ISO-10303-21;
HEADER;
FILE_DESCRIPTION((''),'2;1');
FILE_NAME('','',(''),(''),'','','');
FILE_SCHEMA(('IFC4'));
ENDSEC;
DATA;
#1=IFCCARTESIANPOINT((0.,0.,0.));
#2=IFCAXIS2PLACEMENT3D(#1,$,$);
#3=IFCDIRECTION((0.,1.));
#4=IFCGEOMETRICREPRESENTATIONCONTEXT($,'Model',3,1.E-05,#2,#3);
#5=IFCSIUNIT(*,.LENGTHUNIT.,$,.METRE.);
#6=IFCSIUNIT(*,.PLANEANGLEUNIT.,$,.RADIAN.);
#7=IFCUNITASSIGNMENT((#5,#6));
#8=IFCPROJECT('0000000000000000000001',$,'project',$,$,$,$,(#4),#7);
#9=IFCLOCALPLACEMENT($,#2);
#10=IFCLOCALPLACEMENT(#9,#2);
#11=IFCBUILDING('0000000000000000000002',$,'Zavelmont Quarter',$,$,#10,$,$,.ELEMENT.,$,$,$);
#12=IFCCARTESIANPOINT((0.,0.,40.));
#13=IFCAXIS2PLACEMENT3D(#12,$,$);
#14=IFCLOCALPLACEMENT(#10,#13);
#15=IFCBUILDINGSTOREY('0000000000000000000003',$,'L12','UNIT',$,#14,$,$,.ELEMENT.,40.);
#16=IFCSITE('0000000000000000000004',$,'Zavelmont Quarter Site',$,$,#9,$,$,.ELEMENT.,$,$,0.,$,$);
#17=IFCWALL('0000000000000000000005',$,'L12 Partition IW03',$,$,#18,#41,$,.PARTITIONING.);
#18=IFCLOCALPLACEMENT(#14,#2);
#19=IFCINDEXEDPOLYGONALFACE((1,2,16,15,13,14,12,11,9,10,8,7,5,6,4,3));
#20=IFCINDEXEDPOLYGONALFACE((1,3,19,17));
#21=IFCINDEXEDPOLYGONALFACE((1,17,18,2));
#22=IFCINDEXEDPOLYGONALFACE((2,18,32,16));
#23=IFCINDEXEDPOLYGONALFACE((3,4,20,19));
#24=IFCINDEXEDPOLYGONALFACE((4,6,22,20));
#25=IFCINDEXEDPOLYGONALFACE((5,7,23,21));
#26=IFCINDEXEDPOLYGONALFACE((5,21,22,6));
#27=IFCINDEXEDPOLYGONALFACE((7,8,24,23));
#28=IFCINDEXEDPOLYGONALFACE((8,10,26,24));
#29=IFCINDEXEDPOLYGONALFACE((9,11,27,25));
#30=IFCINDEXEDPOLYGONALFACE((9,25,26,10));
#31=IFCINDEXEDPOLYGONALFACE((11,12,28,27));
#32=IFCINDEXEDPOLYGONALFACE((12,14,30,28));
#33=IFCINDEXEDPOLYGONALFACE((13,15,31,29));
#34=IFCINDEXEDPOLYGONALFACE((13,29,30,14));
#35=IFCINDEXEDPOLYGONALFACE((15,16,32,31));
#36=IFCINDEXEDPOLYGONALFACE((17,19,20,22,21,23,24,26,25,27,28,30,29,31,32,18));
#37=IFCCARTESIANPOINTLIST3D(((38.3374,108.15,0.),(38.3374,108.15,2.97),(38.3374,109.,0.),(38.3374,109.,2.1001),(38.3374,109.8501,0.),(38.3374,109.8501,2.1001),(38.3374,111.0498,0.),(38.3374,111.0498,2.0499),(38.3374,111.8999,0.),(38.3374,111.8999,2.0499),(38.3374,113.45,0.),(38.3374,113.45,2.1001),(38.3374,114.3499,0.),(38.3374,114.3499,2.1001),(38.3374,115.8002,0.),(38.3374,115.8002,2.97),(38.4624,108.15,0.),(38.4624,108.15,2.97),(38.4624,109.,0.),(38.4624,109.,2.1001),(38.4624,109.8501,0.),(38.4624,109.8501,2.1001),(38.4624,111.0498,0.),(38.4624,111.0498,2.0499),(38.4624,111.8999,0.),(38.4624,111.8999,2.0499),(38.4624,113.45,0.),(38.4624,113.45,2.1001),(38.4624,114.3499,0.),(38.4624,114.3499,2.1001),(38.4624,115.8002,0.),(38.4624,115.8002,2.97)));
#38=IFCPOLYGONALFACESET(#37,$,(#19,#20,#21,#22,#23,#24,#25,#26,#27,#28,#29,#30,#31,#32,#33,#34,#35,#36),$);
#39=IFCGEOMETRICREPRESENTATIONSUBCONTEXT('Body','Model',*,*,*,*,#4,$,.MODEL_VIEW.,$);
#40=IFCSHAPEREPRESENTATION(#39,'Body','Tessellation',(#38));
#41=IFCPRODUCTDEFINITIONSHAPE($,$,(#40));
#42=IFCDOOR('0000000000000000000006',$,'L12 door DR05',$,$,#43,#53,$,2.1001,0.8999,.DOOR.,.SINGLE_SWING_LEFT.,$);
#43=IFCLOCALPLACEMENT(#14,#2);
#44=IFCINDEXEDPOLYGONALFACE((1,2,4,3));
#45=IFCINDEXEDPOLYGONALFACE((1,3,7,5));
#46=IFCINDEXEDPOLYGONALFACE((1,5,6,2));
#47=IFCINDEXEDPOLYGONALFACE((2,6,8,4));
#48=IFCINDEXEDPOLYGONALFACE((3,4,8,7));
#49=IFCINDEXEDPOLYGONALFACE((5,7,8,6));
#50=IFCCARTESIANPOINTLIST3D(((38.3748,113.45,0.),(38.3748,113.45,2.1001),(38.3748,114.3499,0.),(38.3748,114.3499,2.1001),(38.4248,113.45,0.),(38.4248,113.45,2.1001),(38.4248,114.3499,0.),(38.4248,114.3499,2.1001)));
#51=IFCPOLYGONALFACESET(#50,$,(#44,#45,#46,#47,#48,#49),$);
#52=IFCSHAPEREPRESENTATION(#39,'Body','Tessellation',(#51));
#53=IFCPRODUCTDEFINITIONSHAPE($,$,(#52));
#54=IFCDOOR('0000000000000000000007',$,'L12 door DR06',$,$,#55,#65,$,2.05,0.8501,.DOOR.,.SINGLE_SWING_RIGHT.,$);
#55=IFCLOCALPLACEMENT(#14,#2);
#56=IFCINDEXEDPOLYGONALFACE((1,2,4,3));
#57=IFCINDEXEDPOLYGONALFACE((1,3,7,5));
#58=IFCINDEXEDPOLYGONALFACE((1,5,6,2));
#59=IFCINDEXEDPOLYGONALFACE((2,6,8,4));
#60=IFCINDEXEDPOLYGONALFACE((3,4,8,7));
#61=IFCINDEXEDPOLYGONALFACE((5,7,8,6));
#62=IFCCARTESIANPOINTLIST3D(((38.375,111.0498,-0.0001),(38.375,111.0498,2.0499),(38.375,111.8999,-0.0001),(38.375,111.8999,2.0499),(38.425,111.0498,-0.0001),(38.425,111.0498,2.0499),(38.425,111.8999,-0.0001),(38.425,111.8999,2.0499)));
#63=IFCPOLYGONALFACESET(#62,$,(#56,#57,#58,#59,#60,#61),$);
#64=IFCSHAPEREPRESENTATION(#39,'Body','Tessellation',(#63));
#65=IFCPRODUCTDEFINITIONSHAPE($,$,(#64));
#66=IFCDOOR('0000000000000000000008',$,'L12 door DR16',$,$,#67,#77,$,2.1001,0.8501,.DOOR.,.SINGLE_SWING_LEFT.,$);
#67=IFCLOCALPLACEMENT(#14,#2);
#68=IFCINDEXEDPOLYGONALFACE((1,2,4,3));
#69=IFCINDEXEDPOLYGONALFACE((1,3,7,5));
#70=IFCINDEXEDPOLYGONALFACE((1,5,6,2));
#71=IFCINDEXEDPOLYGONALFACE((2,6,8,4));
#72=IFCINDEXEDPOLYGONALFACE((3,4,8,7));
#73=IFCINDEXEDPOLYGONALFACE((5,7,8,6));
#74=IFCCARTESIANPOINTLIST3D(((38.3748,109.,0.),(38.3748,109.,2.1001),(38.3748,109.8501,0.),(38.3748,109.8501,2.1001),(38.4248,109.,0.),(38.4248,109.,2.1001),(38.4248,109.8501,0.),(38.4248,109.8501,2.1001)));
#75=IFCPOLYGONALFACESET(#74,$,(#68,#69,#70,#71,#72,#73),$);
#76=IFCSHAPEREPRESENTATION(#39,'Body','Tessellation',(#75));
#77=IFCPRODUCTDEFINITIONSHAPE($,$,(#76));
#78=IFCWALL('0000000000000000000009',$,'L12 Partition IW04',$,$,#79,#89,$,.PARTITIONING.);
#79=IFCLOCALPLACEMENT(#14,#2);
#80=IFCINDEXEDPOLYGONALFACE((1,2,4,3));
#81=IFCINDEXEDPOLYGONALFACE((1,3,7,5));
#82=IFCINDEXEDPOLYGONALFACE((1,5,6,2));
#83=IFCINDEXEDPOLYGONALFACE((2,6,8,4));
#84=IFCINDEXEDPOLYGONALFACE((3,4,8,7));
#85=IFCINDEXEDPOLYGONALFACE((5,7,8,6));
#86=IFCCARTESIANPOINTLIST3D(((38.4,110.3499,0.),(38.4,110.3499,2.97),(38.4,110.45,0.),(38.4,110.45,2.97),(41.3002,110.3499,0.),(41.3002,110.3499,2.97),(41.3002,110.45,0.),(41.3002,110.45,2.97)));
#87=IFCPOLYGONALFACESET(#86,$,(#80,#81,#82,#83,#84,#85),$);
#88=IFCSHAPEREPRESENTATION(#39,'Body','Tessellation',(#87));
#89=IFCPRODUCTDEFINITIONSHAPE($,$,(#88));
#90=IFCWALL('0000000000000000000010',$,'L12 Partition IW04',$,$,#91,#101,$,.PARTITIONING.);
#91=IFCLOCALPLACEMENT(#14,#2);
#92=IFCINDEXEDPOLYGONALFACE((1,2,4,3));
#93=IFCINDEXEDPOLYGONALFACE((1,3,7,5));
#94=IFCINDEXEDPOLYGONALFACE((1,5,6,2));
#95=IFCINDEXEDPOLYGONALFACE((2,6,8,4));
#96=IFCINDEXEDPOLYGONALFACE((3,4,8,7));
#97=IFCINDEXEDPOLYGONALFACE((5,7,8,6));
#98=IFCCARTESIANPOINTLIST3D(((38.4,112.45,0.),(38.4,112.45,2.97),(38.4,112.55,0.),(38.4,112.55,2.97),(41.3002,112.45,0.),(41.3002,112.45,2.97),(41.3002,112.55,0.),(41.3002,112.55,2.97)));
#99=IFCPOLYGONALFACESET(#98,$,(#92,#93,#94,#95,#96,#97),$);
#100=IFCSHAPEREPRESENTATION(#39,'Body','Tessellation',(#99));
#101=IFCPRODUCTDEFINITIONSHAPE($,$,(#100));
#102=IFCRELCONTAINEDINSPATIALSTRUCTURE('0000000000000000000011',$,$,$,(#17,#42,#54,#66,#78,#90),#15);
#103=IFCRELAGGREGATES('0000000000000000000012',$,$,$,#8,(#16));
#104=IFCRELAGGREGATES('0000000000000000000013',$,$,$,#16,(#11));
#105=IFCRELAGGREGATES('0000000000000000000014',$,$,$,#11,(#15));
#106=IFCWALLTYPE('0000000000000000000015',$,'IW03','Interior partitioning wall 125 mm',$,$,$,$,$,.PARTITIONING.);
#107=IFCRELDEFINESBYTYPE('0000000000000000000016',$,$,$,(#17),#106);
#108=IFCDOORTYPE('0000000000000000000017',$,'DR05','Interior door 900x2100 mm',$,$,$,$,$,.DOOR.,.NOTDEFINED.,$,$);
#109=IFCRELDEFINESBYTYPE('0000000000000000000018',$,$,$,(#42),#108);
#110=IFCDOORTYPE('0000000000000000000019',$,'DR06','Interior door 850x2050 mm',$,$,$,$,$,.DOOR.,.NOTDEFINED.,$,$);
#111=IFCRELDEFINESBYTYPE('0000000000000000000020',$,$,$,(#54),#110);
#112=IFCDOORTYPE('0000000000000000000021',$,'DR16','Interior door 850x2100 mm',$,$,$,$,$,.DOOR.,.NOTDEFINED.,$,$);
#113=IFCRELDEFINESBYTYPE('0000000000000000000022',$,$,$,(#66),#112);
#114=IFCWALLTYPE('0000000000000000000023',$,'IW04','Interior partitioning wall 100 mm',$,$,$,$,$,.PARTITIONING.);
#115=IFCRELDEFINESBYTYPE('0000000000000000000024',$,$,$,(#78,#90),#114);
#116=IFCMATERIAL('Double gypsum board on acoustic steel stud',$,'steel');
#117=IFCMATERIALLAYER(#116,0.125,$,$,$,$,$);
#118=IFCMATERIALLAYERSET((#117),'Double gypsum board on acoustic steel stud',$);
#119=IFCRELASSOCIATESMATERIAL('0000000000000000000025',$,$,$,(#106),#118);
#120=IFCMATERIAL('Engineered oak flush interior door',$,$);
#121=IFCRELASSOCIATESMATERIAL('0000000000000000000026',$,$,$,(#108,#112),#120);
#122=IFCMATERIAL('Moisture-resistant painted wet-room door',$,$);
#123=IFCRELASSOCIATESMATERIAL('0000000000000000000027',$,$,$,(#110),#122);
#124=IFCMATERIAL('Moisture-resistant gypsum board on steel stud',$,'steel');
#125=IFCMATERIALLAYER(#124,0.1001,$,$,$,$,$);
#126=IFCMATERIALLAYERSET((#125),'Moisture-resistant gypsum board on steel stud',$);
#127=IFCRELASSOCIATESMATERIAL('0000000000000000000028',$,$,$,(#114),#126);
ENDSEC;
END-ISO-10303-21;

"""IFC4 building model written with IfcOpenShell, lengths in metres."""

from ifc_helpers import new_model, si_unit, direction, frame, frame_2d, origin, origin_with_axes, place, context, subcontext, project, spatial, rectangle, extrude, material, layer, layer_set, type_object, element, fill, save


model = new_model("IFC4")

# Units and contexts
model_context = context("Model", 3, precision=1e-05, world=origin(), true_north=direction((0.0, 1.0)))
body_context = subcontext(model_context, "Body", "Model", "MODEL_VIEW")
ifc_project = project(units=[si_unit("LENGTHUNIT", "METRE"), si_unit("PLANEANGLEUNIT", "RADIAN")], contexts=[model_context])

# Site, building, storey
site_placement = place(None, origin())
site = spatial("IfcSite", under=ifc_project, at=site_placement, Name="Zavelmont Quarter Site", CompositionType="ELEMENT", RefElevation=0.0)
building_placement = place(site_placement, origin())
building = spatial("IfcBuilding", under=site, at=building_placement, Name="Zavelmont Quarter", CompositionType="ELEMENT")
storey_placement = place(building_placement, frame((0.0, 0.0, 40.0)))
storey = spatial("IfcBuildingStorey", under=building, at=storey_placement, Name="L12", Description="UNIT", CompositionType="ELEMENT", Elevation=40.0)

# Wall, openings, doors
ifc_material_1 = material(Name="Double gypsum board on acoustic steel stud", Category="steel")
ifc_layer_1 = layer(ifc_material_1, 0.125)
ifc_layer_set_1 = layer_set([ifc_layer_1], Name="Double gypsum board on acoustic steel stud")
wall_type_1 = type_object("IfcWallType", Name="IW03", Description="Interior partitioning wall 125 mm", PredefinedType="PARTITIONING", material=ifc_layer_set_1)
wall_1_placement = place(storey_placement, frame((38.3999, 108.1499, 0.0), z_axis=(0.0, 0.0, 1.0), x_axis=(0.0, 1.0, 0.0)))
wall_1 = element("IfcWall", 1, at=wall_1_placement, inside=storey, type_object=wall_type_1, Name="L12 Partition IW03", PredefinedType="PARTITIONING", context=body_context, shape_type="SweptSolid", body=[
    extrude(rectangle(XDim=7.6501, YDim=0.125, at=frame_2d((3.8252, 0.0))), origin(), (0.0, 0.0, 1.0), 2.97),
])
opening_1_placement = place(wall_1_placement, frame((0.8501, 0.0, 0.0)))
opening_1 = element("IfcOpeningElement", 2, at=opening_1_placement, cuts=wall_1, PredefinedType="OPENING", context=body_context, shape_type="SweptSolid", body=[
    extrude(rectangle(XDim=0.8501, YDim=2.1001, at=frame_2d((0.425, 1.05))), frame((0.0, 0.0745, 0.0), z_axis=(0.0, -1.0, 0.0), x_axis=(1.0, 0.0, 0.0)), (0.0, 0.0, 1.0), 0.1489),
])
opening_2_placement = place(wall_1_placement, frame((2.8999, 0.0, 0.0)))
opening_2 = element("IfcOpeningElement", 3, at=opening_2_placement, cuts=wall_1, PredefinedType="OPENING", context=body_context, shape_type="SweptSolid", body=[
    extrude(rectangle(XDim=0.8501, YDim=2.05, at=frame_2d((0.425, 1.0249))), frame((0.0, 0.0745, 0.0), z_axis=(0.0, -1.0, 0.0), x_axis=(1.0, 0.0, 0.0)), (0.0, 0.0, 1.0), 0.1489),
])
opening_3_placement = place(wall_1_placement, frame((5.3, 0.0, 0.0)))
opening_3 = element("IfcOpeningElement", 4, at=opening_3_placement, cuts=wall_1, PredefinedType="OPENING", context=body_context, shape_type="SweptSolid", body=[
    extrude(rectangle(XDim=0.8999, YDim=2.1001, at=frame_2d((0.45, 1.05))), frame((0.0, 0.0745, 0.0), z_axis=(0.0, -1.0, 0.0), x_axis=(1.0, 0.0, 0.0)), (0.0, 0.0, 1.0), 0.1489),
])
ifc_material_2 = material(Name="Engineered oak flush interior door")
door_type_1 = type_object("IfcDoorType", Name="DR05", Description="Interior door 900x2100 mm", OperationType="NOTDEFINED", PredefinedType="DOOR", material=ifc_material_2)
door_1_placement = place(opening_3_placement, frame((0.8999, 0.0, 0.0), z_axis=(0.0, 0.0, 1.0), x_axis=(-1.0, 0.0, 0.0)))
door_1 = element("IfcDoor", 5, at=door_1_placement, inside=storey, type_object=door_type_1, Name="L12 door DR05", OperationType="SINGLE_SWING_LEFT", OverallHeight=2.1001, OverallWidth=0.8999, PredefinedType="DOOR", context=body_context, shape_type="SweptSolid", body=[
    extrude(rectangle(XDim=0.8999, YDim=2.1001, at=frame_2d((0.45, 1.05))), frame((0.0, 0.0249, 0.0), z_axis=(0.0, -1.0, 0.0), x_axis=(1.0, 0.0, 0.0)), (0.0, 0.0, 1.0), 0.05),
])
fill(opening_3, door_1)
ifc_material_3 = material(Name="Moisture-resistant painted wet-room door")
door_type_2 = type_object("IfcDoorType", Name="DR06", Description="Interior door 850x2050 mm", OperationType="NOTDEFINED", PredefinedType="DOOR", material=ifc_material_3)
door_2_placement = place(opening_2_placement, origin_with_axes())
door_2 = element("IfcDoor", 6, at=door_2_placement, inside=storey, type_object=door_type_2, Name="L12 door DR06", OperationType="SINGLE_SWING_RIGHT", OverallHeight=2.05, OverallWidth=0.8501, PredefinedType="DOOR", context=body_context, shape_type="SweptSolid", body=[
    extrude(rectangle(XDim=0.8501, YDim=2.05, at=frame_2d((0.425, 1.0249))), frame((0.0, 0.0249, 0.0), z_axis=(0.0, -1.0, 0.0), x_axis=(1.0, 0.0, 0.0)), (0.0, 0.0, 1.0), 0.05),
])
fill(opening_2, door_2)
door_type_3 = type_object("IfcDoorType", Name="DR16", Description="Interior door 850x2100 mm", OperationType="NOTDEFINED", PredefinedType="DOOR", material=ifc_material_2)
door_3_placement = place(opening_1_placement, frame((0.8501, 0.0, 0.0), z_axis=(0.0, 0.0, 1.0), x_axis=(-1.0, 0.0, 0.0)))
door_3 = element("IfcDoor", 7, at=door_3_placement, inside=storey, type_object=door_type_3, Name="L12 door DR16", OperationType="SINGLE_SWING_LEFT", OverallHeight=2.1001, OverallWidth=0.8501, PredefinedType="DOOR", context=body_context, shape_type="SweptSolid", body=[
    extrude(rectangle(XDim=0.8501, YDim=2.1001, at=frame_2d((0.425, 1.05))), frame((0.0, 0.0249, 0.0), z_axis=(0.0, -1.0, 0.0), x_axis=(1.0, 0.0, 0.0)), (0.0, 0.0, 1.0), 0.05),
])
fill(opening_1, door_3)

# Walls
ifc_material_4 = material(Name="Moisture-resistant gypsum board on steel stud", Category="steel")
ifc_layer_2 = layer(ifc_material_4, 0.1001)
ifc_layer_set_2 = layer_set([ifc_layer_2], Name="Moisture-resistant gypsum board on steel stud")
wall_type_2 = type_object("IfcWallType", Name="IW04", Description="Interior partitioning wall 100 mm", PredefinedType="PARTITIONING", material=ifc_layer_set_2)
for number, where, z_axis, x_axis, name in (
    (8, (38.3999, 110.3999, 0.0), (0.0, 0.0, 1.0), (1.0, 0.0, 0.0), "L12 Partition IW04"),
    (9, (38.3999, 112.5, 0.0), (0.0, 0.0, 1.0), (1.0, 0.0, 0.0), "L12 Partition IW04"),
):
    element("IfcWall", number, at=place(storey_placement, frame(where, z_axis=z_axis, x_axis=x_axis)), inside=storey, type_object=wall_type_2, Name=name, PredefinedType="PARTITIONING", context=body_context, shape_type="SweptSolid", body=[
        extrude(rectangle(XDim=2.9001, YDim=0.1001, at=frame_2d((1.4502, 0.0))), origin(), (0.0, 0.0, 1.0), 2.97),
    ])

save(model, "model.ifc")
